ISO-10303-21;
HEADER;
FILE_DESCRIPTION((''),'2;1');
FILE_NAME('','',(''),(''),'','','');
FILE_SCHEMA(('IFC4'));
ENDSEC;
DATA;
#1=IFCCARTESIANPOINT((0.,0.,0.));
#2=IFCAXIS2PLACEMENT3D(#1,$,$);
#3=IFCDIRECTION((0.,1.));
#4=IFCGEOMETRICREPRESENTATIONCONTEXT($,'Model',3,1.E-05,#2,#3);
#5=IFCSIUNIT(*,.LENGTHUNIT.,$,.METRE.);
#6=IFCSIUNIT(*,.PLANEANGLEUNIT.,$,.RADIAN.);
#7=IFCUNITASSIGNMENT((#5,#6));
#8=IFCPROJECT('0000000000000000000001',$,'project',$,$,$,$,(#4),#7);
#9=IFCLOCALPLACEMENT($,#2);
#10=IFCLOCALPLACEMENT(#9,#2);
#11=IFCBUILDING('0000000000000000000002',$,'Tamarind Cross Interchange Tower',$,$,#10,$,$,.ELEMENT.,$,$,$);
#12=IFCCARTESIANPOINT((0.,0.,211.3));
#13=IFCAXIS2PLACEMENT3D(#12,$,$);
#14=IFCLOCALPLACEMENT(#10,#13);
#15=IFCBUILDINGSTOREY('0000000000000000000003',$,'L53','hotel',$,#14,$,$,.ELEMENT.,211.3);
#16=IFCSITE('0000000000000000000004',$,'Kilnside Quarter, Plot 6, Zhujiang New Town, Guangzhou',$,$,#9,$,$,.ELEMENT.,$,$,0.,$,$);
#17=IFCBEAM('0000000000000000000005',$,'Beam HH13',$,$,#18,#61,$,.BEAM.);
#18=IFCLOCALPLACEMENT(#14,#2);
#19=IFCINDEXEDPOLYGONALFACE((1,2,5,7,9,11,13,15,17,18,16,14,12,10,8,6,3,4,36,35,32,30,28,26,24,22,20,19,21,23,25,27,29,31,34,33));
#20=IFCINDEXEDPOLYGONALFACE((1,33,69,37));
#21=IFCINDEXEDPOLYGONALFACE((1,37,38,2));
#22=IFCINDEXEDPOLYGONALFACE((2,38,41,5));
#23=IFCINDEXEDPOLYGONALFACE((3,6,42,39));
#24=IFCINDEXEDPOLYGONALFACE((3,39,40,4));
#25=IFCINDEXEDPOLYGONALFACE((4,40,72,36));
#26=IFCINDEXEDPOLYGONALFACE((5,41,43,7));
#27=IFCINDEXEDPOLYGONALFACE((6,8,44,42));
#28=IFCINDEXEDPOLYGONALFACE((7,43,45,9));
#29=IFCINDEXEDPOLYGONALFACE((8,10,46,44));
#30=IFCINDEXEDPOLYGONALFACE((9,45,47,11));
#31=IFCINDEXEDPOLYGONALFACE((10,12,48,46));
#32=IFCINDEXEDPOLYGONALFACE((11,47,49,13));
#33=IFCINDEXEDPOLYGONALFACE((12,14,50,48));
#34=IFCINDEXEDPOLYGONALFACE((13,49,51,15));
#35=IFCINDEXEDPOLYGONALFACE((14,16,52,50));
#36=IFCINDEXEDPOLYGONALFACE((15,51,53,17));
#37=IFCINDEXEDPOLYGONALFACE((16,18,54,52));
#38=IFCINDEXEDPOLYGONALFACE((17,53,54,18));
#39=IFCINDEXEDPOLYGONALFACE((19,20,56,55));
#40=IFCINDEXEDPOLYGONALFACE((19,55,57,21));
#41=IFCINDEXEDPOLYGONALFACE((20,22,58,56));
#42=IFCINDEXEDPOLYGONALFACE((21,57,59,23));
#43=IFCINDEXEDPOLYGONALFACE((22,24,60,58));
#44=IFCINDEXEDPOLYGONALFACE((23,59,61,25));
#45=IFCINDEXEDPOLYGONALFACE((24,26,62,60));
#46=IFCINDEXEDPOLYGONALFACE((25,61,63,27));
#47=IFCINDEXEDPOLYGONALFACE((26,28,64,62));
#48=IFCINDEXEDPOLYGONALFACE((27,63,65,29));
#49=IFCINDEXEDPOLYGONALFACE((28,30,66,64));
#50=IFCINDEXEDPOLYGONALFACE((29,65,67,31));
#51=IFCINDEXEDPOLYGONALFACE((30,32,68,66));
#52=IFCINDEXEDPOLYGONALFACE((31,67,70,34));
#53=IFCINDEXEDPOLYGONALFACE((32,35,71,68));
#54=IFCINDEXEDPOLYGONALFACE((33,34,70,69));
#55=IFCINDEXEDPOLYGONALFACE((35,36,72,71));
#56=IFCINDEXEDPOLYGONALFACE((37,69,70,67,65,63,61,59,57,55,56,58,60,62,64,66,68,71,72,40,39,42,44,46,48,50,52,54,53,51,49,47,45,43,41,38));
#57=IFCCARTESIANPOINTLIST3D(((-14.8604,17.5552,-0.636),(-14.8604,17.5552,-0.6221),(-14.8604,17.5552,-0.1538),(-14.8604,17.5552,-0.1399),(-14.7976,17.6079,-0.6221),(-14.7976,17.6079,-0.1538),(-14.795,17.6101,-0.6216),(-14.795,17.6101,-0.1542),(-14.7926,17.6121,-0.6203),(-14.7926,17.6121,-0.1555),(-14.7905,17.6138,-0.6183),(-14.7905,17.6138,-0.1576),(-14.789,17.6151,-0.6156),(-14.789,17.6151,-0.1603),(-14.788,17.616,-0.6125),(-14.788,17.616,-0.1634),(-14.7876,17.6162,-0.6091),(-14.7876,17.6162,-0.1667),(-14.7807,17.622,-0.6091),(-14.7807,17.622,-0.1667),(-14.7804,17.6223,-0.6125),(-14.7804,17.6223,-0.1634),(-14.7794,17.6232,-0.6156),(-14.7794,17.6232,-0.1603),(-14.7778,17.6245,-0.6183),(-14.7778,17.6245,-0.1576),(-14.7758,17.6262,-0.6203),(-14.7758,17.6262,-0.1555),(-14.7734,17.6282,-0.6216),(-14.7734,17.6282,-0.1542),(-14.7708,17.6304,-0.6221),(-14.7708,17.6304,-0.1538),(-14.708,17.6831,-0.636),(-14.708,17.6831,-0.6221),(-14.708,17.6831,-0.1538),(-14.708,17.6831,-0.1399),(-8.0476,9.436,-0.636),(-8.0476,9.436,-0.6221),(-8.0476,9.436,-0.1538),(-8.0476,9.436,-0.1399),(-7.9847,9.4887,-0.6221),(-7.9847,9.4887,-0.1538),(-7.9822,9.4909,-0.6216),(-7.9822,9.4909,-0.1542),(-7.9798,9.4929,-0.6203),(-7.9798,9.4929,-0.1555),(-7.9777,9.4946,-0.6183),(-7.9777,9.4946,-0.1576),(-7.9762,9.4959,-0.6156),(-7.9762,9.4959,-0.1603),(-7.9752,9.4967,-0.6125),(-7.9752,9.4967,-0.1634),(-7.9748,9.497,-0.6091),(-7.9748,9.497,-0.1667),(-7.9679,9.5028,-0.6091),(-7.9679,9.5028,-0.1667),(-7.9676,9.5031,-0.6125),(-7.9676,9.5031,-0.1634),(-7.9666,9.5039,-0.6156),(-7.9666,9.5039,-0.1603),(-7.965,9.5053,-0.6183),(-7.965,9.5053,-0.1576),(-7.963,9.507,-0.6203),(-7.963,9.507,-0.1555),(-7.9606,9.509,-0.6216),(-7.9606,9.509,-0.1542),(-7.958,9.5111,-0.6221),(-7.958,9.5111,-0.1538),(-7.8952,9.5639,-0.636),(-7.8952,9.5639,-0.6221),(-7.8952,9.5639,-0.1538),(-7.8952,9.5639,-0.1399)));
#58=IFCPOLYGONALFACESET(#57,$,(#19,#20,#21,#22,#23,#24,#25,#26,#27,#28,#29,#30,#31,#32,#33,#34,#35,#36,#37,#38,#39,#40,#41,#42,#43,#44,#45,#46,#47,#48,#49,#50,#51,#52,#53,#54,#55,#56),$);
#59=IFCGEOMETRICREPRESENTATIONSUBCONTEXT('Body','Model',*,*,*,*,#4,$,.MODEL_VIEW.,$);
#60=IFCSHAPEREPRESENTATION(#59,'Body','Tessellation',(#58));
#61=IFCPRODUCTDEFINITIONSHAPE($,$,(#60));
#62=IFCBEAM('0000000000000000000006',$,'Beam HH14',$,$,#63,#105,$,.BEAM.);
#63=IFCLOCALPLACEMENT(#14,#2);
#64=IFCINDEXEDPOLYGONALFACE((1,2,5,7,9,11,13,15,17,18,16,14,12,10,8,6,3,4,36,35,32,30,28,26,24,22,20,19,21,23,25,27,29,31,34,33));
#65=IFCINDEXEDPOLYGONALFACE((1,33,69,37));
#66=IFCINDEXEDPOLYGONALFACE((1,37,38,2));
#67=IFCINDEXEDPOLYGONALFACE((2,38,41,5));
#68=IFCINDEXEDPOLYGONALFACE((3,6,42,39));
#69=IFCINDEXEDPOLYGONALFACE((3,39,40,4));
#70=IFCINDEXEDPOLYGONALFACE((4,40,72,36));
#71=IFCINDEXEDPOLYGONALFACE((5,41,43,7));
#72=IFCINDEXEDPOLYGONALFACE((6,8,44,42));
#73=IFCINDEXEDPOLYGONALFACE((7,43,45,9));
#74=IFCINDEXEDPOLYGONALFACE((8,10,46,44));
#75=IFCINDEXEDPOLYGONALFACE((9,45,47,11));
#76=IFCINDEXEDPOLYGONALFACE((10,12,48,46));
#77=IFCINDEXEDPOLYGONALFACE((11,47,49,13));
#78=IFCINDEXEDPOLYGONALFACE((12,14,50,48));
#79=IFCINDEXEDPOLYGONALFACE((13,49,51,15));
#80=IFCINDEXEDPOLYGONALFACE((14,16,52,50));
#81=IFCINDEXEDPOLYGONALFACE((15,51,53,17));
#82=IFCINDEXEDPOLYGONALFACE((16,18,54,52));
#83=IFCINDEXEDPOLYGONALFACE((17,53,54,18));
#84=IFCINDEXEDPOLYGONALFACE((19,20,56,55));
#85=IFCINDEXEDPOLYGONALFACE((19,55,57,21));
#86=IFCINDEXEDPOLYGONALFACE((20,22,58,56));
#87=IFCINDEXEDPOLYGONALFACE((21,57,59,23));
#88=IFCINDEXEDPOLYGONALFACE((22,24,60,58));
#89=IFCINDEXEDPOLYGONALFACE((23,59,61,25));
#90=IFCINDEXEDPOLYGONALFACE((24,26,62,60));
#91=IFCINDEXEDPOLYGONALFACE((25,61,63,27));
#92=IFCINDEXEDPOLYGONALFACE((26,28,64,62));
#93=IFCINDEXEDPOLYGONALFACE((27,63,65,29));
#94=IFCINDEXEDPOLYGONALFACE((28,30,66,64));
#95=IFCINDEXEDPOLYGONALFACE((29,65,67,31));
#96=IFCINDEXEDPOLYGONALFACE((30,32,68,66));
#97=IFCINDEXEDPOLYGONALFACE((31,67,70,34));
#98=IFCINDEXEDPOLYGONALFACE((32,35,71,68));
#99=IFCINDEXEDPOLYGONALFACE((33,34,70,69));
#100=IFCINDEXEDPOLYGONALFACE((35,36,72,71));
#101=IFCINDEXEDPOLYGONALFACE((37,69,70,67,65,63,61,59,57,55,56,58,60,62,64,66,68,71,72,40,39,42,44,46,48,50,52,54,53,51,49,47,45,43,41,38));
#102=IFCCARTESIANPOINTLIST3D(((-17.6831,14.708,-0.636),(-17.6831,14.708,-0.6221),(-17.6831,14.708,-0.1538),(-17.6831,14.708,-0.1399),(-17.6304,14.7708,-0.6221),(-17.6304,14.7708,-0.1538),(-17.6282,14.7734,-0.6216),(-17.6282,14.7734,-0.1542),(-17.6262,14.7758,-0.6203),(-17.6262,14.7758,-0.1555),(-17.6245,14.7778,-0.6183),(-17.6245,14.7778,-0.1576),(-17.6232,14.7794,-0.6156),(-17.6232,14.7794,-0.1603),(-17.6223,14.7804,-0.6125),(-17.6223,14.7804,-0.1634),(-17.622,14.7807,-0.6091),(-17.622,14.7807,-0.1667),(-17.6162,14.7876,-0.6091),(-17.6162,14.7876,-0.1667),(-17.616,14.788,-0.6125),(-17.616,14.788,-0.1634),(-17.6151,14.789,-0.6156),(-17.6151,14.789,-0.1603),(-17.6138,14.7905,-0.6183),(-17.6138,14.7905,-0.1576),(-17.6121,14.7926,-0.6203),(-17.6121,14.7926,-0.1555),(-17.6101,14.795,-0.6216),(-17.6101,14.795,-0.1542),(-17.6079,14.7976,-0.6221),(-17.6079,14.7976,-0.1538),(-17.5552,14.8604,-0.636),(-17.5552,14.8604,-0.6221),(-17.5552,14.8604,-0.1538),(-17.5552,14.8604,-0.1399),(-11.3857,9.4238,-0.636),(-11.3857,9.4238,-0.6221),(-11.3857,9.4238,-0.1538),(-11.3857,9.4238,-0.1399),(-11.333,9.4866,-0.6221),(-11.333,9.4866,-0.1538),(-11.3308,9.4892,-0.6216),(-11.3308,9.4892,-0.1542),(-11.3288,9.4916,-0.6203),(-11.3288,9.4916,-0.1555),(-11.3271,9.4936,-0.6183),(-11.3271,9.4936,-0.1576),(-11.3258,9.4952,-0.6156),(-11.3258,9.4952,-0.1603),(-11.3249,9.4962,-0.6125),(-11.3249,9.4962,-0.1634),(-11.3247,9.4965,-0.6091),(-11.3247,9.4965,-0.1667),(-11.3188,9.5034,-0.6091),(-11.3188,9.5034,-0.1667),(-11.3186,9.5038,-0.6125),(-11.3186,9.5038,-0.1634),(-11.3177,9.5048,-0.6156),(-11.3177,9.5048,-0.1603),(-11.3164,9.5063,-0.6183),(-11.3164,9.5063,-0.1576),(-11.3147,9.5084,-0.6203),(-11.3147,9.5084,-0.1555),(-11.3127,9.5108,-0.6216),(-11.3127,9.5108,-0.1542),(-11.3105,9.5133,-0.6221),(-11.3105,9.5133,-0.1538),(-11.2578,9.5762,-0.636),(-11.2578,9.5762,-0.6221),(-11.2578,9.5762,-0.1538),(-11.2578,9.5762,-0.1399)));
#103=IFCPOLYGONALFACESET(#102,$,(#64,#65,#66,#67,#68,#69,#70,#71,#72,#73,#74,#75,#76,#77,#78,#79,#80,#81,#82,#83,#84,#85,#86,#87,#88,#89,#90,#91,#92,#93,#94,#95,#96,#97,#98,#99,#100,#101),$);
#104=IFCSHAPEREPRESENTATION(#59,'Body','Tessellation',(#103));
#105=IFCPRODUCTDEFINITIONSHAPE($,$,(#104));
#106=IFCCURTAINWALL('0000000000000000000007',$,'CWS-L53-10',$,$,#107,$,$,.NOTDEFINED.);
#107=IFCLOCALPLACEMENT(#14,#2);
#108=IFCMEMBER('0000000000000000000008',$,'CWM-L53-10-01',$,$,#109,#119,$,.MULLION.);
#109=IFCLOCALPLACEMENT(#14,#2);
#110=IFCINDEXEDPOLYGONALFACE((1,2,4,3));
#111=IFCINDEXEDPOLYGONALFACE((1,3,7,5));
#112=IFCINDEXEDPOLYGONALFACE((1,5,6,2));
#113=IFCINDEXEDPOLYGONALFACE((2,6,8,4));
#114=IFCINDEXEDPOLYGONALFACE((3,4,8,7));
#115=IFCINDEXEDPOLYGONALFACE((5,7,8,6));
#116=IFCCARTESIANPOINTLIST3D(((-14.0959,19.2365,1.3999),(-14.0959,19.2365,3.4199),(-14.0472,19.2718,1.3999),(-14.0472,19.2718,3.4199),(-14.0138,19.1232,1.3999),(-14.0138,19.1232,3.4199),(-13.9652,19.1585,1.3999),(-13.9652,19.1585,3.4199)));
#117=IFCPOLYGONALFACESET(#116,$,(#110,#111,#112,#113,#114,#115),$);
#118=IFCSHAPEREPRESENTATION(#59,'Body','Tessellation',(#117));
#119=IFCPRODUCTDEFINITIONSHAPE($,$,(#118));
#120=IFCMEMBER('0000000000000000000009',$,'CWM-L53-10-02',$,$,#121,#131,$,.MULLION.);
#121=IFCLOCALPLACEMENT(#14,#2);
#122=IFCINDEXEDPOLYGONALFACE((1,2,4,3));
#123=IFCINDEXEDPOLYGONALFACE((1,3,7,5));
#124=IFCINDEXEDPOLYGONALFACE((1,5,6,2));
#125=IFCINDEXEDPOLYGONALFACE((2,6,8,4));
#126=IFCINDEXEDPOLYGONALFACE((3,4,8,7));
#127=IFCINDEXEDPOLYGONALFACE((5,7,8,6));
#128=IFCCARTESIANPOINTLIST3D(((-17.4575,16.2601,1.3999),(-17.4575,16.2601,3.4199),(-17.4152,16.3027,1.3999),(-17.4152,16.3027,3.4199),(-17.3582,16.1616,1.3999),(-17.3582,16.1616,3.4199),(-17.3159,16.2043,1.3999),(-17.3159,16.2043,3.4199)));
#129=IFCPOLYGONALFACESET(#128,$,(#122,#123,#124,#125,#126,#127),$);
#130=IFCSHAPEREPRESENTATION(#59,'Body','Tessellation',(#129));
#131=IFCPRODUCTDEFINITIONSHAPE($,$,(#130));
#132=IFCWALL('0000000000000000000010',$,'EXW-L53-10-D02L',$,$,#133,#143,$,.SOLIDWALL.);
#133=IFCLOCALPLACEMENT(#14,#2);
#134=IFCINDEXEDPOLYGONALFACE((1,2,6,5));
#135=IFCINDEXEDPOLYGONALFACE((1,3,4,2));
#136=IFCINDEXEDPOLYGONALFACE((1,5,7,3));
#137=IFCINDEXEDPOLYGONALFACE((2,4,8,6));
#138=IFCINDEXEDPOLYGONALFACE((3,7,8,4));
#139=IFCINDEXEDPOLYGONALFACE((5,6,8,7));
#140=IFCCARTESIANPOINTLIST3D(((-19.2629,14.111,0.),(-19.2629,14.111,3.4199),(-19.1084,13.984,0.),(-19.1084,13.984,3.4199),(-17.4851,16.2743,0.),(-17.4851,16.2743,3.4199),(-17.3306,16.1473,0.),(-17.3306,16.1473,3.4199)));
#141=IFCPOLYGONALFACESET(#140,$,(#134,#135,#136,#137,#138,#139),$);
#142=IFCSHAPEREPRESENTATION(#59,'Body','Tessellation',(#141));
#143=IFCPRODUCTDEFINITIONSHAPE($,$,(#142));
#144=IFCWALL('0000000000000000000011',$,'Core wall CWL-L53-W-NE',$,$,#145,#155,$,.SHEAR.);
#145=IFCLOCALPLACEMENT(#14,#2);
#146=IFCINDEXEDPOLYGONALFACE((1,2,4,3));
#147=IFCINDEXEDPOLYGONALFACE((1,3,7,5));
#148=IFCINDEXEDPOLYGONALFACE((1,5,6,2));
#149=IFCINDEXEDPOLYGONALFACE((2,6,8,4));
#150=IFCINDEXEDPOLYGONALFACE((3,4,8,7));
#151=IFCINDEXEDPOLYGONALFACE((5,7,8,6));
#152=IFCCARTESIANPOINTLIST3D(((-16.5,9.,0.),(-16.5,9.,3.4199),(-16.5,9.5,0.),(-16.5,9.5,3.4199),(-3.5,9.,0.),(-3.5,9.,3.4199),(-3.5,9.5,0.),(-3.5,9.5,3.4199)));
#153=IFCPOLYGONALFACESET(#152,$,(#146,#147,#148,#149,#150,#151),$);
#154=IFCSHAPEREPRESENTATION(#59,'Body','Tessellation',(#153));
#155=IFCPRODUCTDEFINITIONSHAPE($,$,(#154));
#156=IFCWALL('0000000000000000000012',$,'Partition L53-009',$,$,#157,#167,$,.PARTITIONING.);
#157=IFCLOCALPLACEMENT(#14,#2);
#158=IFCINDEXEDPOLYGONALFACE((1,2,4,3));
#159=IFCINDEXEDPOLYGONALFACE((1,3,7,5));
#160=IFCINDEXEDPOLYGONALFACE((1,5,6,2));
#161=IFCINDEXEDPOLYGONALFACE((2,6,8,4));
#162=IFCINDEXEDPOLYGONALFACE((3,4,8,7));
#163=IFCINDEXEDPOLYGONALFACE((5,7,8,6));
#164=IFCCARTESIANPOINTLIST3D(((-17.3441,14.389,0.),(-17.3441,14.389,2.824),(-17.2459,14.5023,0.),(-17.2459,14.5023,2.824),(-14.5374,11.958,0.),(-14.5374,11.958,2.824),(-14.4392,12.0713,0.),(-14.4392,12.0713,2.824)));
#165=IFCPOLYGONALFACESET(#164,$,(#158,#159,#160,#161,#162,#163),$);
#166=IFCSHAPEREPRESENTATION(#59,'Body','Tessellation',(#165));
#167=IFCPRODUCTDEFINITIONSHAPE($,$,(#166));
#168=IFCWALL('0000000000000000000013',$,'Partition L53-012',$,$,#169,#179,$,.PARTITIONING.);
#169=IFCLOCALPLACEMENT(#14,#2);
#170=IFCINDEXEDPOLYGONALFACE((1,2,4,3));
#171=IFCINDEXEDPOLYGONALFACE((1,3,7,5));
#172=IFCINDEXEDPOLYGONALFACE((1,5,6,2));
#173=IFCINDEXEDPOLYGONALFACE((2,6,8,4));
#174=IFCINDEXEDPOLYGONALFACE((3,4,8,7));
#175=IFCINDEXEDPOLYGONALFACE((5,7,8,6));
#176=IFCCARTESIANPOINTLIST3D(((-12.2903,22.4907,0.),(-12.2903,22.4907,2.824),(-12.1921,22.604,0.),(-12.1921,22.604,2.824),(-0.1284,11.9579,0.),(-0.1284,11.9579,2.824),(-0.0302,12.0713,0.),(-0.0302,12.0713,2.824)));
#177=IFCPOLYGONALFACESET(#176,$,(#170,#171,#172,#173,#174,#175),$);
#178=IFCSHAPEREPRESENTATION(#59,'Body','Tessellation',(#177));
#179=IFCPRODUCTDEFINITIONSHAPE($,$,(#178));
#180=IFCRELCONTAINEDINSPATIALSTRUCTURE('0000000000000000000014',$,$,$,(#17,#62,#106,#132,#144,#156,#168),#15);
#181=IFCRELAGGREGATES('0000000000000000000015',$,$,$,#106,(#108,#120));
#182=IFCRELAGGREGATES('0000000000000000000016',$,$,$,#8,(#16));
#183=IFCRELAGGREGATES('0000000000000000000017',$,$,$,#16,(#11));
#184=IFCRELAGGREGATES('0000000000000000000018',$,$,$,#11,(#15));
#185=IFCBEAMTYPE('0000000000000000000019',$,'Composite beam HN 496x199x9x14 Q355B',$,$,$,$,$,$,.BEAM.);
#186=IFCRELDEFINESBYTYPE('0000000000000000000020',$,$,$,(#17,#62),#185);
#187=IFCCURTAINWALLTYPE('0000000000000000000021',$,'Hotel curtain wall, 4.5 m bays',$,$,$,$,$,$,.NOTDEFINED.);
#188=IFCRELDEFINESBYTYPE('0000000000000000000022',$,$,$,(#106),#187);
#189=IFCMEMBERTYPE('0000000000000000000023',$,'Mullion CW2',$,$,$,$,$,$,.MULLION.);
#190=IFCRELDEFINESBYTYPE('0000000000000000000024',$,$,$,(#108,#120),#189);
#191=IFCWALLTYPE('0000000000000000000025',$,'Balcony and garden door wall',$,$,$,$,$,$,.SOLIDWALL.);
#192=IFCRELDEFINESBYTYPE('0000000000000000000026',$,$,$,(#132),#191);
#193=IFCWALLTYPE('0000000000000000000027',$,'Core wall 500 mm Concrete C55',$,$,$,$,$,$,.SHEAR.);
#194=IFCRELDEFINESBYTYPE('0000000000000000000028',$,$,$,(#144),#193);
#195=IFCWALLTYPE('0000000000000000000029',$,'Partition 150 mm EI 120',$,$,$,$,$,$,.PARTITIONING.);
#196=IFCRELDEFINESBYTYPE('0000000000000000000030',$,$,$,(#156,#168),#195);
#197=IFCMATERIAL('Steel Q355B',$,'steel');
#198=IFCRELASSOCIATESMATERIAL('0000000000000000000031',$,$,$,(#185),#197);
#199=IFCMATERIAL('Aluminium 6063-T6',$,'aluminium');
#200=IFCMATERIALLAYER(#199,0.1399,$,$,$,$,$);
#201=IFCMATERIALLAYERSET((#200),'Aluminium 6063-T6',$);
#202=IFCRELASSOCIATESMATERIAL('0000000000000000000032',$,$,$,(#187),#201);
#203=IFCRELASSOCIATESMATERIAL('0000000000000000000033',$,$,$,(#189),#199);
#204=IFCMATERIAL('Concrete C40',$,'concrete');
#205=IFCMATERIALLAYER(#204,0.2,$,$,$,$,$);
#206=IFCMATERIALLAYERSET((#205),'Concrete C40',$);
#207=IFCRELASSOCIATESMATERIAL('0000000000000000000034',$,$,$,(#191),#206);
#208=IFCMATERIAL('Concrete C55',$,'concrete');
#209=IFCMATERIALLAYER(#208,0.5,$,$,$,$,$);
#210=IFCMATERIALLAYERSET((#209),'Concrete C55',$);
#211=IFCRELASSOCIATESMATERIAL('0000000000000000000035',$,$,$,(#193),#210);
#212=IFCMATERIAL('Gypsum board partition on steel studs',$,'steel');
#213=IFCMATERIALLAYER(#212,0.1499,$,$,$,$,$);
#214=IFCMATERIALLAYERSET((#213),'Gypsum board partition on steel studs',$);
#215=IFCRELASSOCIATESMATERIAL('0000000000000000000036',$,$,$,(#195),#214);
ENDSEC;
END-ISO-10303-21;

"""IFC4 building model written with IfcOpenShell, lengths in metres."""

from ifc_helpers import new_model, si_unit, direction, frame, frame_2d, origin, origin_2d, place, context, subcontext, project, spatial, rectangle, i_section, extrude, material, layer, layer_set, material_profile, profile_set, type_object, element, aggregate, save


model = new_model("IFC4")

# Units and contexts
model_context = context("Model", 3, precision=1e-05, world=origin(), true_north=direction((0.0, 1.0)))
body_context = subcontext(model_context, "Body", "Model", "MODEL_VIEW")
ifc_project = project(units=[si_unit("LENGTHUNIT", "METRE"), si_unit("PLANEANGLEUNIT", "RADIAN")], contexts=[model_context])

# Site, building, storey
site_placement = place(None, origin())
site = spatial("IfcSite", under=ifc_project, at=site_placement, Name="Kilnside Quarter, Plot 6, Zhujiang New Town, Guangzhou", CompositionType="ELEMENT", RefElevation=0.0)
building_placement = place(site_placement, origin())
building = spatial("IfcBuilding", under=site, at=building_placement, Name="Tamarind Cross Interchange Tower", CompositionType="ELEMENT")
storey_placement = place(building_placement, frame((0.0, 0.0, 211.3)))
storey = spatial("IfcBuildingStorey", under=building, at=storey_placement, Name="L53", Description="hotel", CompositionType="ELEMENT", Elevation=211.3)

# Shared definitions
ifc_material_1 = material(Name="Concrete C55", Category="concrete")

# Beams
ifc_material_2 = material(Name="Steel Q355B", Category="steel")
ifc_material_profile_1 = material_profile(ifc_material_2, i_section(OverallWidth=0.199, OverallDepth=0.4961, WebThickness=0.009, FlangeThickness=0.0139, FilletRadius=0.0129, at=origin_2d()), Name="HN 496x199x9x14")
ifc_profile_set_1 = profile_set([ifc_material_profile_1], Name="Steel Q355B")
beam_type = type_object("IfcBeamType", Name="Composite beam HN 496x199x9x14 Q355B", PredefinedType="BEAM", material=ifc_profile_set_1)
beam_1_placement = place(storey_placement, frame((-14.7842, 17.6191, -0.3879), z_axis=(0.642786, -0.766046, 0.0), x_axis=(0.766046, 0.642786, 0.0)))
element("IfcBeam", 1, at=beam_1_placement, inside=storey, type_object=beam_type, Name="Beam HH13", PredefinedType="BEAM", context=body_context, shape_type="SweptSolid", body=[
    extrude(i_section(OverallWidth=0.199, OverallDepth=0.4961, WebThickness=0.009, FlangeThickness=0.0139, FilletRadius=0.0129, at=origin_2d()), origin(), (0.0, 0.0, 1.0), 10.5989),
])
beam_2_placement = place(storey_placement, frame((-17.6191, 14.7842, -0.3879), z_axis=(0.766041, -0.642792, 0.0), x_axis=(0.642792, 0.766041, 0.0)))
element("IfcBeam", 2, at=beam_2_placement, inside=storey, type_object=beam_type, Name="Beam HH14", PredefinedType="BEAM", context=body_context, shape_type="SweptSolid", body=[
    extrude(i_section(OverallWidth=0.199, OverallDepth=0.4961, WebThickness=0.009, FlangeThickness=0.0139, FilletRadius=0.0129, at=origin_2d()), origin(), (0.0, 0.0, 1.0), 8.2207),
])

# Curtain wall, members
ifc_material_3 = material(Name="Aluminium 6063-T6", Category="aluminium")
ifc_layer_1 = layer(ifc_material_3, 0.1399)
ifc_layer_set_1 = layer_set([ifc_layer_1], Name="Aluminium 6063-T6")
curtain_wall_type = type_object("IfcCurtainWallType", Name="Hotel curtain wall, 4.5 m bays", PredefinedType="NOTDEFINED", material=ifc_layer_set_1)
curtain_wall_placement = place(storey_placement, origin())
curtain_wall = element("IfcCurtainWall", 3, at=curtain_wall_placement, inside=storey, type_object=curtain_wall_type, Name="CWS-L53-10", PredefinedType="NOTDEFINED")
ifc_material_profile_2 = material_profile(ifc_material_3, rectangle(XDim=0.0601, YDim=0.1399, at=origin_2d()), Name="Mullion CW2")
ifc_profile_set_2 = profile_set([ifc_material_profile_2], Name="Aluminium 6063-T6")
member_type = type_object("IfcMemberType", Name="Mullion CW2", PredefinedType="MULLION", material=ifc_profile_set_2)
member_1_placement = place(storey_placement, frame((-14.0305, 19.1975, 1.3999), z_axis=(0.0, 0.0, 1.0), x_axis=(-0.809856, -0.586629, 0.0)))
member_1 = element("IfcMember", 4, at=member_1_placement, type_object=member_type, Name="CWM-L53-10-01", PredefinedType="MULLION", context=body_context, shape_type="SweptSolid", body=[
    extrude(rectangle(XDim=0.0601, YDim=0.1399, at=origin_2d()), origin(), (0.0, 0.0, 1.0), 2.02),
])
member_2_placement = place(storey_placement, frame((-17.3867, 16.2322, 1.3999), z_axis=(0.0, 0.0, 1.0), x_axis=(-0.704057, -0.710143, 0.0)))
member_2 = element("IfcMember", 5, at=member_2_placement, type_object=member_type, Name="CWM-L53-10-02", PredefinedType="MULLION", context=body_context, shape_type="SweptSolid", body=[
    extrude(rectangle(XDim=0.0601, YDim=0.1399, at=origin_2d()), origin(), (0.0, 0.0, 1.0), 2.02),
])
aggregate(curtain_wall, [member_1, member_2])

# Walls
ifc_material_4 = material(Name="Concrete C40", Category="concrete")
ifc_layer_2 = layer(ifc_material_4, 0.2)
ifc_layer_set_2 = layer_set([ifc_layer_2], Name="Concrete C40")
wall_type_1 = type_object("IfcWallType", Name="Balcony and garden door wall", PredefinedType="SOLIDWALL", material=ifc_layer_set_2)
wall_1_placement = place(storey_placement, frame((-17.408, 16.2107, 0.0), z_axis=(0.0, 0.0, 1.0), x_axis=(-0.634912, -0.772584, 0.0)))
element("IfcWall", 6, at=wall_1_placement, inside=storey, type_object=wall_type_1, Name="EXW-L53-10-D02L", PredefinedType="SOLIDWALL", context=body_context, shape_type="SweptSolid", body=[
    extrude(rectangle(XDim=2.8, YDim=0.2, at=frame_2d((1.3999, 0.0))), origin(), (0.0, 0.0, 1.0), 3.4199),
])
ifc_layer_3 = layer(ifc_material_1, 0.5)
ifc_layer_set_3 = layer_set([ifc_layer_3], Name="Concrete C55")
wall_type_2 = type_object("IfcWallType", Name="Core wall 500 mm Concrete C55", PredefinedType="SHEAR", material=ifc_layer_set_3)
wall_2_placement = place(storey_placement, frame((-16.5, 9.25, 0.0), z_axis=(0.0, 0.0, 1.0), x_axis=(1.0, 0.0, 0.0)))
element("IfcWall", 7, at=wall_2_placement, inside=storey, type_object=wall_type_2, Name="Core wall CWL-L53-W-NE", PredefinedType="SHEAR", context=body_context, shape_type="SweptSolid", body=[
    extrude(rectangle(XDim=13.0, YDim=0.5, at=frame_2d((6.5, 0.0))), origin(), (0.0, 0.0, 1.0), 3.4199),
])
ifc_material_5 = material(Name="Gypsum board partition on steel studs", Category="steel")
ifc_layer_4 = layer(ifc_material_5, 0.1499)
ifc_layer_set_4 = layer_set([ifc_layer_4], Name="Gypsum board partition on steel studs")
wall_type_3 = type_object("IfcWallType", Name="Partition 150 mm EI 120", PredefinedType="PARTITIONING", material=ifc_layer_set_4)
wall_3_placement = place(storey_placement, frame((-17.2949, 14.4456, 0.0), z_axis=(0.0, 0.0, 1.0), x_axis=(0.755891, -0.654698, 0.0)))
element("IfcWall", 8, at=wall_3_placement, inside=storey, type_object=wall_type_3, Name="Partition L53-009", PredefinedType="PARTITIONING", context=body_context, shape_type="SweptSolid", body=[
    extrude(rectangle(XDim=3.7131, YDim=0.1499, at=frame_2d((1.8564, 0.0))), origin(), (0.0, 0.0, 1.0), 2.824),
])
wall_4_placement = place(storey_placement, frame((-12.2412, 22.5474, 0.0), z_axis=(0.0, 0.0, 1.0), x_axis=(0.755922, -0.654662, 0.0)))
element("IfcWall", 9, at=wall_4_placement, inside=storey, type_object=wall_type_3, Name="Partition L53-012", PredefinedType="PARTITIONING", context=body_context, shape_type="SweptSolid", body=[
    extrude(rectangle(XDim=16.0889, YDim=0.1499, at=frame_2d((8.0444, 0.0))), origin(), (0.0, 0.0, 1.0), 2.824),
])

save(model, "model.ifc")
